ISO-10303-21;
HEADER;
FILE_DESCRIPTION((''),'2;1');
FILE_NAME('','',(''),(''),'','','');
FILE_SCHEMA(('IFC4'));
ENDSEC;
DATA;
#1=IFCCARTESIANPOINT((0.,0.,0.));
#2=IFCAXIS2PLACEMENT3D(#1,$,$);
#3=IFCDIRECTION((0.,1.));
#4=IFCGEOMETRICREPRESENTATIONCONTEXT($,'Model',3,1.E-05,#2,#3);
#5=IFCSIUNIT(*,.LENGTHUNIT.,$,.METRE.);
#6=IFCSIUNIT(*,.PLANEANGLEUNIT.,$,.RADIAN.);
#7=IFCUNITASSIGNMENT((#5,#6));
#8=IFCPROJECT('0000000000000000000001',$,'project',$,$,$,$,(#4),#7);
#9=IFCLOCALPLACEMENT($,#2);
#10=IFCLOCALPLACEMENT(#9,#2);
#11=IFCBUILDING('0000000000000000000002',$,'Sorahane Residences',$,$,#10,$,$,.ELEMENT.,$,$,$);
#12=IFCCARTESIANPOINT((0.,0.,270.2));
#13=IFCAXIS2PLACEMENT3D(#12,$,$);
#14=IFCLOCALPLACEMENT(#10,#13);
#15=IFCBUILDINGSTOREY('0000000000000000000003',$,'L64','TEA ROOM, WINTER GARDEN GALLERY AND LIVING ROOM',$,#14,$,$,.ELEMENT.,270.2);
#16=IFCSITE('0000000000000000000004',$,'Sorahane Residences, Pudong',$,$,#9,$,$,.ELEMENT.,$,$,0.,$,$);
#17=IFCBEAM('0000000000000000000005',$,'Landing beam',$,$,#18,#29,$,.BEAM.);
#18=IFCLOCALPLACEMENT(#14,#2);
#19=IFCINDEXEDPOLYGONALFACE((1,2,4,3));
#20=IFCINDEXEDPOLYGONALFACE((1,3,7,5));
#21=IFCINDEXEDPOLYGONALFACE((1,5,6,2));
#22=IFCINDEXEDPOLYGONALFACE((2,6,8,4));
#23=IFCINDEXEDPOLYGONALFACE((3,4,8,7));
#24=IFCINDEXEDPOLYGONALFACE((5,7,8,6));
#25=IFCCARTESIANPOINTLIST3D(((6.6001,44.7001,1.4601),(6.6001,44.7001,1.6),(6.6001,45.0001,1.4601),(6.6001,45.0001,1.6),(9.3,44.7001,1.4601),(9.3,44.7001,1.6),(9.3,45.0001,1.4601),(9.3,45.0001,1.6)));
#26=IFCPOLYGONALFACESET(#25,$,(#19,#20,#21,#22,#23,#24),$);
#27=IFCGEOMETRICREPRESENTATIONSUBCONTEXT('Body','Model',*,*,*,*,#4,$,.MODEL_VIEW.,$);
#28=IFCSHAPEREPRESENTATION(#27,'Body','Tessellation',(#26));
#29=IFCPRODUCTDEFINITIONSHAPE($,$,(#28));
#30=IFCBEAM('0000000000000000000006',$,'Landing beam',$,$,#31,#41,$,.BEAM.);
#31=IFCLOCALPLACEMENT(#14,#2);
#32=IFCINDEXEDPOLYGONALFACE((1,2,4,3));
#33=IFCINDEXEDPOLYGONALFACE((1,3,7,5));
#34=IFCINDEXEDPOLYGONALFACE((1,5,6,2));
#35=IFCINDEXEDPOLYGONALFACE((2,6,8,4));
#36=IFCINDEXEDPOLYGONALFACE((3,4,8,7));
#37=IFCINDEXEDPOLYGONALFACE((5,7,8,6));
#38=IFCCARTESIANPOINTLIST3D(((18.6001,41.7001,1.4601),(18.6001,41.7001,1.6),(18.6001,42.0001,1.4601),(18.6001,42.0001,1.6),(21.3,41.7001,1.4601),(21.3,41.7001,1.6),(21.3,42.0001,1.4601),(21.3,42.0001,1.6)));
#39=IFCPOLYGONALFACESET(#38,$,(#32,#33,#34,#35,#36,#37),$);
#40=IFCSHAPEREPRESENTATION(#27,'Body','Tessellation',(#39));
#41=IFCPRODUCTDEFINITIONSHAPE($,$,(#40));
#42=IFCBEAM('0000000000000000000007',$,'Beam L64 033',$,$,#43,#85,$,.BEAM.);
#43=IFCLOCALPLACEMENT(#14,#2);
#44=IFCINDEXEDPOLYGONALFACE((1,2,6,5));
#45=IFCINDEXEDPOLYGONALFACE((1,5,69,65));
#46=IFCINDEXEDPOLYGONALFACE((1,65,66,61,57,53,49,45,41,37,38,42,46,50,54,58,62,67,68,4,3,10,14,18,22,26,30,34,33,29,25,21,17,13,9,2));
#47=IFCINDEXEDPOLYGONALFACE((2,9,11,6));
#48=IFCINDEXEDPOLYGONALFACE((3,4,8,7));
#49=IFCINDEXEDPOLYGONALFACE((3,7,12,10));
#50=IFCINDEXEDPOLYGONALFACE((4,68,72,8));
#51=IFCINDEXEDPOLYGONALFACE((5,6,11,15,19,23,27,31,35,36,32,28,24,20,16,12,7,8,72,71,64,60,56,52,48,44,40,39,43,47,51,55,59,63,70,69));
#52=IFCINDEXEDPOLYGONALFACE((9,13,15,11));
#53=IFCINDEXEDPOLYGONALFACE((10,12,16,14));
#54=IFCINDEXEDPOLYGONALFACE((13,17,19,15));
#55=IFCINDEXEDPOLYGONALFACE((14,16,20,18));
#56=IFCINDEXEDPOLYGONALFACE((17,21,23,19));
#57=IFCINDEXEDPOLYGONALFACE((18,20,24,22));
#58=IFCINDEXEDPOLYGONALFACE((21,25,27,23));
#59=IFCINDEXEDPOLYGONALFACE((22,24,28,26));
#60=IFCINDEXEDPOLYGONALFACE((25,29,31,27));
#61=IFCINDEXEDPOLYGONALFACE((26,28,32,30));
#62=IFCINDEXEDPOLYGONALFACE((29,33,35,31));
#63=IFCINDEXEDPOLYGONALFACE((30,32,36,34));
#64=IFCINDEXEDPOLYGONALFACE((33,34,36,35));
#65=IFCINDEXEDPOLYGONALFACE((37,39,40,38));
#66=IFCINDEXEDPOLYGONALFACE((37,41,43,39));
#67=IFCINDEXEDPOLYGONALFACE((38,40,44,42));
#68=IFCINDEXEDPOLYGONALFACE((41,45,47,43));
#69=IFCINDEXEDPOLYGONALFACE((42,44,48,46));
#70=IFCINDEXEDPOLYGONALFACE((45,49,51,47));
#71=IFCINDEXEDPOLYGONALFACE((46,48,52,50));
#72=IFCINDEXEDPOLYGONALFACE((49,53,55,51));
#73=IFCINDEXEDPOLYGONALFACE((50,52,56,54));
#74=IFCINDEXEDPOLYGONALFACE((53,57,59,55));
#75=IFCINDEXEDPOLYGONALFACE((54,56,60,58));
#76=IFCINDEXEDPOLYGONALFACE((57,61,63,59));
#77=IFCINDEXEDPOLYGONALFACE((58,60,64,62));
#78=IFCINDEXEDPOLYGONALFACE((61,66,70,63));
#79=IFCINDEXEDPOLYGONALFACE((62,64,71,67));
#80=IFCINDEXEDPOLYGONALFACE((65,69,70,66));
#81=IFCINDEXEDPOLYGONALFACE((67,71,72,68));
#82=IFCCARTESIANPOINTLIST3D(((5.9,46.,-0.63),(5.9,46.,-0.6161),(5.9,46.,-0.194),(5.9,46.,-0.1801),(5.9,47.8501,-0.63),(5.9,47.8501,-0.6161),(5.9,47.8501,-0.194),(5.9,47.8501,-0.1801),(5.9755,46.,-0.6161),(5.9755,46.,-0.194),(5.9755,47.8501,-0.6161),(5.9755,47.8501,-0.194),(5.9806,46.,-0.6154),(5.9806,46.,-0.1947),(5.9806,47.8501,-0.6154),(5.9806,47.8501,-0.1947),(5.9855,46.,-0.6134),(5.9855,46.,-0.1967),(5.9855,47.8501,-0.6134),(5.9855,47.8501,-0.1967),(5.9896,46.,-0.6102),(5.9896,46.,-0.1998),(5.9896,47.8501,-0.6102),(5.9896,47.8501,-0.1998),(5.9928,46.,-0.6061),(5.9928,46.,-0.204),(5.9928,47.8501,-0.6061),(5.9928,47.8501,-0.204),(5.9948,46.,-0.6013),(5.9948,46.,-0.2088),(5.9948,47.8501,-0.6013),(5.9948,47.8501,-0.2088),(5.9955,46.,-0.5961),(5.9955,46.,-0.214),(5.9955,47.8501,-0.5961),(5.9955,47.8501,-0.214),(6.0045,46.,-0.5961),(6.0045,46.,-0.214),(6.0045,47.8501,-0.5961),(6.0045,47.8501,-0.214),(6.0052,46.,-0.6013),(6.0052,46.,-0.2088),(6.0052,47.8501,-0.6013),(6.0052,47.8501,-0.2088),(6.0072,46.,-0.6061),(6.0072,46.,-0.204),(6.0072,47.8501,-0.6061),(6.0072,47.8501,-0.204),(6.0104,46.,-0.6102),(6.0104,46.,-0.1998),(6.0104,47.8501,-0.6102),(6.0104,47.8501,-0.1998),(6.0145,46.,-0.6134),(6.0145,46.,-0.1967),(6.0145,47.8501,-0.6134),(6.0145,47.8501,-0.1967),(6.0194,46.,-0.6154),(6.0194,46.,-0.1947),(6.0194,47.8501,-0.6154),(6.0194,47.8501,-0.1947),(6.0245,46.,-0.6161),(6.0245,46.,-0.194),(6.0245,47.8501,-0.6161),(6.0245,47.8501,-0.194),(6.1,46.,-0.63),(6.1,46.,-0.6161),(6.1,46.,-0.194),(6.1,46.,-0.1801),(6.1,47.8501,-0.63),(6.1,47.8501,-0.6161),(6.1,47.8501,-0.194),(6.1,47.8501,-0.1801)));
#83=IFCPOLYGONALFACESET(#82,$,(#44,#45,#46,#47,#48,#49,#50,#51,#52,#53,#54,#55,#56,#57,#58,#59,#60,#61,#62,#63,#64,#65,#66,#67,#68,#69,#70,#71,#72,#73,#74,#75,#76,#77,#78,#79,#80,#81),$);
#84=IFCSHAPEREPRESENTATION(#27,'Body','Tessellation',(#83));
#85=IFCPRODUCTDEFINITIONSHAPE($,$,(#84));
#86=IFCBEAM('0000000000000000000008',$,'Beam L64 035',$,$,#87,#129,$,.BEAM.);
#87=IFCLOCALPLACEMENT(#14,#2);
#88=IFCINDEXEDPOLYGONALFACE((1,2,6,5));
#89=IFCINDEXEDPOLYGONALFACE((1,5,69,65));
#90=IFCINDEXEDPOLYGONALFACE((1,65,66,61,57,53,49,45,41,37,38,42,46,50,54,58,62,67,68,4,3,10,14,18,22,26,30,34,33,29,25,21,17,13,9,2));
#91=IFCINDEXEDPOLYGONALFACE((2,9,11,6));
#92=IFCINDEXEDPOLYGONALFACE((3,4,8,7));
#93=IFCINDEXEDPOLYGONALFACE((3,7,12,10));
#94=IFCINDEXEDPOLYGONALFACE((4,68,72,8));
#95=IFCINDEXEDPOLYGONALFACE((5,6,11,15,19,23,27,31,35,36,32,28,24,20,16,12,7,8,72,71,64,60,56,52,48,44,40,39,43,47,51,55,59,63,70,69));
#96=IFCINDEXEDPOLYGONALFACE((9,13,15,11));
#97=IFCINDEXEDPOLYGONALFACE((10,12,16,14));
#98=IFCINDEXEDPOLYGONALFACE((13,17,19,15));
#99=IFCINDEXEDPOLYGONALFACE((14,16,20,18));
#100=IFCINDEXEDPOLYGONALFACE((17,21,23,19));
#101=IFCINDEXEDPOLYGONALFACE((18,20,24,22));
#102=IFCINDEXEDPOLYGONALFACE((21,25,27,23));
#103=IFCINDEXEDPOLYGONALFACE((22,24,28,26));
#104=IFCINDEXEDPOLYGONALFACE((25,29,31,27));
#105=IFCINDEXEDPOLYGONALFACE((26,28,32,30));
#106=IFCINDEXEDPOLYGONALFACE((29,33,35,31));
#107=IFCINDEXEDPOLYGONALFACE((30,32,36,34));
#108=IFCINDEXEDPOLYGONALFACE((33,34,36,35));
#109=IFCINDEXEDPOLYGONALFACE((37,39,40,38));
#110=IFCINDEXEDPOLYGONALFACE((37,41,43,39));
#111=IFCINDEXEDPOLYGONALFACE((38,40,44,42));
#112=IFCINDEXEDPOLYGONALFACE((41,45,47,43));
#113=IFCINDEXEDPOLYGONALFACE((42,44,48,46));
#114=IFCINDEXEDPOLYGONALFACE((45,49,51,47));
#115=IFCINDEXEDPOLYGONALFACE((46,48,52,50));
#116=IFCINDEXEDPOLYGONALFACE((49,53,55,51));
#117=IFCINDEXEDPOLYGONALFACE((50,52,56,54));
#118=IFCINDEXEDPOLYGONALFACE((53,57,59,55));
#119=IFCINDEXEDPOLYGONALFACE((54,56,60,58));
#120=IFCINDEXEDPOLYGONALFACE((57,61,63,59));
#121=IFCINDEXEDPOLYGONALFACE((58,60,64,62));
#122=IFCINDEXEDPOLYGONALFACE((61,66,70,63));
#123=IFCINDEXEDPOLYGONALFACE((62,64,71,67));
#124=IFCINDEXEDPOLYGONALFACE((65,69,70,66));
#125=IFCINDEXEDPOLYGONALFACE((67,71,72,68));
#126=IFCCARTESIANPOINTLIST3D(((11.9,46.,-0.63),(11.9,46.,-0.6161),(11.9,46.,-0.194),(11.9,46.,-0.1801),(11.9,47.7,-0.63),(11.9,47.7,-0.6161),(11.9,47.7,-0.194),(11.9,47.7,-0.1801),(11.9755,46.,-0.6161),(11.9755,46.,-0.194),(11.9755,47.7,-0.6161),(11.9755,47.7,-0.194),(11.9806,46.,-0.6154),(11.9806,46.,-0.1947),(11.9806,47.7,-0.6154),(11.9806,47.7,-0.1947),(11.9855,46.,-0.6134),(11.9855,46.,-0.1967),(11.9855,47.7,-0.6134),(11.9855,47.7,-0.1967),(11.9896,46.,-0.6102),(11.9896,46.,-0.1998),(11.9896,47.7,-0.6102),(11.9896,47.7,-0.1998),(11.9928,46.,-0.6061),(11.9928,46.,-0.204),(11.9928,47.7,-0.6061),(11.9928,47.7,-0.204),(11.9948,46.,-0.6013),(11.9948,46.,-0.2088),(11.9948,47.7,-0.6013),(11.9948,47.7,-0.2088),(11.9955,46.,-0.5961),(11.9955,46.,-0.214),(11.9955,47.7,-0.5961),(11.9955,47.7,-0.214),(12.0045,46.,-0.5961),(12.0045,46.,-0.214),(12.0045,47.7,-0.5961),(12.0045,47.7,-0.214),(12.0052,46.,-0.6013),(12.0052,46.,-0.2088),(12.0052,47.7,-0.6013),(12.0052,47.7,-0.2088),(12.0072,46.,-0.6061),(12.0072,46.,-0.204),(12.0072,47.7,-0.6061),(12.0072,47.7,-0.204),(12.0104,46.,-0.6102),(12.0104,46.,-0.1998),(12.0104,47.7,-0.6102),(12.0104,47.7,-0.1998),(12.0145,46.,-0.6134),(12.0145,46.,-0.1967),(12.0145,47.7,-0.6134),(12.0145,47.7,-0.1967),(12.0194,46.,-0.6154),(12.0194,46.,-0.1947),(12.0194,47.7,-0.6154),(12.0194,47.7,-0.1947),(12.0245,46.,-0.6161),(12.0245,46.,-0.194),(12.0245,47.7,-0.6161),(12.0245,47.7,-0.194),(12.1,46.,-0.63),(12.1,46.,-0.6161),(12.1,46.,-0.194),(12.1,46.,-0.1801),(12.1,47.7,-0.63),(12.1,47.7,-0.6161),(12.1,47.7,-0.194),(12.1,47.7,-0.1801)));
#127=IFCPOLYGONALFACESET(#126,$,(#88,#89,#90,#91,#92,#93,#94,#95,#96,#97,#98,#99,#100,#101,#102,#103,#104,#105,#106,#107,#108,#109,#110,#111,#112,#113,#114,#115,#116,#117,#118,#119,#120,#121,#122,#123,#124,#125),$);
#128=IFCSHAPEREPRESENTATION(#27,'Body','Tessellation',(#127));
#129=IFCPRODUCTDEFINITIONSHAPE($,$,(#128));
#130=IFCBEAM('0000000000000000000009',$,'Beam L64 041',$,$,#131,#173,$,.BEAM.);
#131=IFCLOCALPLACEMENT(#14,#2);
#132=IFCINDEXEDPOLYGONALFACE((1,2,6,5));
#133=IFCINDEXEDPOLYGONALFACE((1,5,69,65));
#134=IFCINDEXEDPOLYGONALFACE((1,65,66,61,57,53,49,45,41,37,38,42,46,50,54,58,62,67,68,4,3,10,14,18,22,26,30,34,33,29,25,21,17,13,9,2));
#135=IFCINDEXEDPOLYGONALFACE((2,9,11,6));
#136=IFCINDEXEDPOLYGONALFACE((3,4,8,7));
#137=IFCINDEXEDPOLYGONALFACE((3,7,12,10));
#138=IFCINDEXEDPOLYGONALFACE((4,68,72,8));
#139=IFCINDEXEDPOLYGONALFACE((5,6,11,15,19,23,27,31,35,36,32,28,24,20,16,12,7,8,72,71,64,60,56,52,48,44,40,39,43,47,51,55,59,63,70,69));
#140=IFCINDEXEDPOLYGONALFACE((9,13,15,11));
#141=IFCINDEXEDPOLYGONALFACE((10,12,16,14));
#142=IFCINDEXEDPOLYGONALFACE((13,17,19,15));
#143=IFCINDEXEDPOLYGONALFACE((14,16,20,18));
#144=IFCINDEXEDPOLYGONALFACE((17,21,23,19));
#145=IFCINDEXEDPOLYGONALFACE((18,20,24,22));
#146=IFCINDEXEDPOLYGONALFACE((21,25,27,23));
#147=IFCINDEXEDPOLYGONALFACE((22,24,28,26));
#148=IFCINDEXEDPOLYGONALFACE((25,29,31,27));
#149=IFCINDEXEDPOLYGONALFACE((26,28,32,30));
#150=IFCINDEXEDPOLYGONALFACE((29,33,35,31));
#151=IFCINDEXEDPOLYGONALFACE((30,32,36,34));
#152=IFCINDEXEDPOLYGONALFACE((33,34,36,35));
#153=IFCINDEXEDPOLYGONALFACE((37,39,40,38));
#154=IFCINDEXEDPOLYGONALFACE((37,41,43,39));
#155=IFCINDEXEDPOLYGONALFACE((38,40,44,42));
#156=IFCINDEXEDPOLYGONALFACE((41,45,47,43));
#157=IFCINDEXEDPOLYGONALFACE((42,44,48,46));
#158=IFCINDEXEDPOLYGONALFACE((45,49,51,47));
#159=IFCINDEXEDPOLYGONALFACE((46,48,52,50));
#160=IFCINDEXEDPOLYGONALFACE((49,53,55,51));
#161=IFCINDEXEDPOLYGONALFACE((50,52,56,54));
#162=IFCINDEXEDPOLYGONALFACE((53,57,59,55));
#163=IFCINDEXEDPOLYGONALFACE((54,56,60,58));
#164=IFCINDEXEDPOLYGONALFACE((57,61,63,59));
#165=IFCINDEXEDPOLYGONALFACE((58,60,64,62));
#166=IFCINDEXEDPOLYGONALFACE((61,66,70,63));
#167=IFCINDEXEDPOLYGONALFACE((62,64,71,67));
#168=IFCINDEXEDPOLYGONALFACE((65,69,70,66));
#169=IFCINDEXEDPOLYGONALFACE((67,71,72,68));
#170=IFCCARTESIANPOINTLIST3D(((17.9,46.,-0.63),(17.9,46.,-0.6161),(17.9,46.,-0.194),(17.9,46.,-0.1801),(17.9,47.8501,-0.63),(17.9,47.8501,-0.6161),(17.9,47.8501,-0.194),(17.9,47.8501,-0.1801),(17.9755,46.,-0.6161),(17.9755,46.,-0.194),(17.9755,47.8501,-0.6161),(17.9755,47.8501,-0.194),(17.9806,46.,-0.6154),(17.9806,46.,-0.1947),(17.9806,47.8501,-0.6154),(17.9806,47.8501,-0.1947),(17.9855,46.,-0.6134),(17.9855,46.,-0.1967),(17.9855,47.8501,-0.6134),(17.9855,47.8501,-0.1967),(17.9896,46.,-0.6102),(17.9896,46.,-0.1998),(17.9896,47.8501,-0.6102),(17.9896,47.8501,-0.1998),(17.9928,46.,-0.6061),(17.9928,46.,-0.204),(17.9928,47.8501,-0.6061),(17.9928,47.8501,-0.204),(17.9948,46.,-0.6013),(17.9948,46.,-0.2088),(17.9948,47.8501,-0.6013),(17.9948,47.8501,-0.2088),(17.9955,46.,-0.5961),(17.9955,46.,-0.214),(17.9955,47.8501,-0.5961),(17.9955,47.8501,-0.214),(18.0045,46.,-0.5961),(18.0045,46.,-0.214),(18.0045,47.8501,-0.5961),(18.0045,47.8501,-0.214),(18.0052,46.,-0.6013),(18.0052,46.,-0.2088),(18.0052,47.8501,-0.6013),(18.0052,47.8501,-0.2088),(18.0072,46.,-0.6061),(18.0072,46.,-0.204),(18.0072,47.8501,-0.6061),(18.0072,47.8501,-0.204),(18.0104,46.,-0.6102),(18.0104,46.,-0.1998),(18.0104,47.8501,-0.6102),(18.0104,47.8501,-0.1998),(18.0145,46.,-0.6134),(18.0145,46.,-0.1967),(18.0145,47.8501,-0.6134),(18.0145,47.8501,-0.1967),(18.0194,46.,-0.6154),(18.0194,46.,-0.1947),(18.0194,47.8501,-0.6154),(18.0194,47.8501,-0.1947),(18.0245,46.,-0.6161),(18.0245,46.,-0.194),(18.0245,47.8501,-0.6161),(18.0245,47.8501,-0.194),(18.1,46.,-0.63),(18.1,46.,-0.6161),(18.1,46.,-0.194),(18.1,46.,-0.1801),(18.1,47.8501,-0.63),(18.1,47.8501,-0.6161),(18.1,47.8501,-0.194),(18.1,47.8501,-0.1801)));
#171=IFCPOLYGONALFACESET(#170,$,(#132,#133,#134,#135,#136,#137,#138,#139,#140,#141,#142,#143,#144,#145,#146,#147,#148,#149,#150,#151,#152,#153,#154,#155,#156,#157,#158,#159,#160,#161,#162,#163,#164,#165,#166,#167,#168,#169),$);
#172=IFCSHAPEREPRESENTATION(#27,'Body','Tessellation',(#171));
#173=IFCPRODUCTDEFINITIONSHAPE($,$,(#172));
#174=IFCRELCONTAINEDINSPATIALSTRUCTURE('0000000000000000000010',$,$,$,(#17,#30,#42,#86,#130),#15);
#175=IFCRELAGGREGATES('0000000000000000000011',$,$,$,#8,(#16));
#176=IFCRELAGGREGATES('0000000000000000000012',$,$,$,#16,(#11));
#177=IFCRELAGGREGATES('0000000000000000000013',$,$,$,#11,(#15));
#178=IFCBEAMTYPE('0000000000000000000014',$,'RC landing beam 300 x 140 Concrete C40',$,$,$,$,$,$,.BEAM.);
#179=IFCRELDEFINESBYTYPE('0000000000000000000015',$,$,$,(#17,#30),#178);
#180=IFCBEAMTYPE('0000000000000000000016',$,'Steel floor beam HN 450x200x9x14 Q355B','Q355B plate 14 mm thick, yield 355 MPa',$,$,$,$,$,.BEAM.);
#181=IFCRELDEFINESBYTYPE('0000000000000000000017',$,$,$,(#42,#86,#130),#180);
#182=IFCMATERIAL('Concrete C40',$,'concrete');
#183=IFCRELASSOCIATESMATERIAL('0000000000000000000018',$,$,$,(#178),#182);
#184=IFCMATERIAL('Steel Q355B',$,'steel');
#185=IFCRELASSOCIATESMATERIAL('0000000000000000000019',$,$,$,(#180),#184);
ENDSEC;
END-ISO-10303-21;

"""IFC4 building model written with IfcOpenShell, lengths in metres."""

from ifc_helpers import new_model, si_unit, direction, frame, origin, origin_2d, place, context, subcontext, project, spatial, rectangle, i_section, extrude, material, material_profile, profile_set, type_object, element, save


model = new_model("IFC4")

# Units and contexts
model_context = context("Model", 3, precision=1e-05, world=origin(), true_north=direction((0.0, 1.0)))
body_context = subcontext(model_context, "Body", "Model", "MODEL_VIEW")
ifc_project = project(units=[si_unit("LENGTHUNIT", "METRE"), si_unit("PLANEANGLEUNIT", "RADIAN")], contexts=[model_context])

# Site, building, storey
site_placement = place(None, origin())
site = spatial("IfcSite", under=ifc_project, at=site_placement, Name="Sorahane Residences, Pudong", CompositionType="ELEMENT", RefElevation=0.0)
building_placement = place(site_placement, origin())
building = spatial("IfcBuilding", under=site, at=building_placement, Name="Sorahane Residences", CompositionType="ELEMENT")
storey_placement = place(building_placement, frame((0.0, 0.0, 270.2)))
storey = spatial("IfcBuildingStorey", under=building, at=storey_placement, Name="L64", Description="TEA ROOM, WINTER GARDEN GALLERY AND LIVING ROOM", CompositionType="ELEMENT", Elevation=270.2)

# Beams
ifc_material_1 = material(Name="Concrete C40", Category="concrete")
ifc_material_profile_1 = material_profile(ifc_material_1, rectangle(XDim=0.3, YDim=0.1399, at=origin_2d()), Name="300x140")
ifc_profile_set_1 = profile_set([ifc_material_profile_1], Name="Concrete C40")
beam_type_1 = type_object("IfcBeamType", Name="RC landing beam 300 x 140 Concrete C40", PredefinedType="BEAM", material=ifc_profile_set_1)
for number, where, z_axis, x_axis, name in (
    (1, (6.6001, 44.8501, 1.53), (1.0, 0.0, 0.0), (0.0, 1.0, 0.0), "Landing beam"),
    (2, (18.6001, 41.8501, 1.53), (1.0, 0.0, 0.0), (0.0, 1.0, 0.0), "Landing beam"),
):
    element("IfcBeam", number, at=place(storey_placement, frame(where, z_axis=z_axis, x_axis=x_axis)), inside=storey, type_object=beam_type_1, Name=name, PredefinedType="BEAM", context=body_context, shape_type="SweptSolid", body=[
        extrude(rectangle(XDim=0.3, YDim=0.1399, at=origin_2d()), origin(), (0.0, 0.0, 1.0), 2.7),
    ])
ifc_material_2 = material(Name="Steel Q355B", Category="steel")
ifc_material_profile_2 = material_profile(ifc_material_2, i_section(OverallWidth=0.2, OverallDepth=0.45, WebThickness=0.009, FlangeThickness=0.0139, FilletRadius=0.02, at=origin_2d()), Name="HN 450x200x9x14")
ifc_profile_set_2 = profile_set([ifc_material_profile_2], Name="Steel Q355B")
beam_type_2 = type_object("IfcBeamType", Name="Steel floor beam HN 450x200x9x14 Q355B", Description="Q355B plate 14 mm thick, yield 355 MPa", PredefinedType="BEAM", material=ifc_profile_set_2)
beam_1_placement = place(storey_placement, frame((6.0, 46.0, -0.405), z_axis=(0.0, 1.0, 0.0), x_axis=(-1.0, 0.0, 0.0)))
element("IfcBeam", 3, at=beam_1_placement, inside=storey, type_object=beam_type_2, Name="Beam L64 033", PredefinedType="BEAM", context=body_context, shape_type="SweptSolid", body=[
    extrude(i_section(OverallWidth=0.2, OverallDepth=0.45, WebThickness=0.009, FlangeThickness=0.0139, FilletRadius=0.02, at=origin_2d()), origin(), (0.0, 0.0, 1.0), 1.8501),
])
beam_2_placement = place(storey_placement, frame((12.0, 46.0, -0.405), z_axis=(0.0, 1.0, 0.0), x_axis=(-1.0, 0.0, 0.0)))
element("IfcBeam", 4, at=beam_2_placement, inside=storey, type_object=beam_type_2, Name="Beam L64 035", PredefinedType="BEAM", context=body_context, shape_type="SweptSolid", body=[
    extrude(i_section(OverallWidth=0.2, OverallDepth=0.45, WebThickness=0.009, FlangeThickness=0.0139, FilletRadius=0.02, at=origin_2d()), origin(), (0.0, 0.0, 1.0), 1.7),
])
beam_3_placement = place(storey_placement, frame((18.0, 46.0, -0.405), z_axis=(0.0, 1.0, 0.0), x_axis=(-1.0, 0.0, 0.0)))
element("IfcBeam", 5, at=beam_3_placement, inside=storey, type_object=beam_type_2, Name="Beam L64 041", PredefinedType="BEAM", context=body_context, shape_type="SweptSolid", body=[
    extrude(i_section(OverallWidth=0.2, OverallDepth=0.45, WebThickness=0.009, FlangeThickness=0.0139, FilletRadius=0.02, at=origin_2d()), origin(), (0.0, 0.0, 1.0), 1.8501),
])

save(model, "model.ifc")
